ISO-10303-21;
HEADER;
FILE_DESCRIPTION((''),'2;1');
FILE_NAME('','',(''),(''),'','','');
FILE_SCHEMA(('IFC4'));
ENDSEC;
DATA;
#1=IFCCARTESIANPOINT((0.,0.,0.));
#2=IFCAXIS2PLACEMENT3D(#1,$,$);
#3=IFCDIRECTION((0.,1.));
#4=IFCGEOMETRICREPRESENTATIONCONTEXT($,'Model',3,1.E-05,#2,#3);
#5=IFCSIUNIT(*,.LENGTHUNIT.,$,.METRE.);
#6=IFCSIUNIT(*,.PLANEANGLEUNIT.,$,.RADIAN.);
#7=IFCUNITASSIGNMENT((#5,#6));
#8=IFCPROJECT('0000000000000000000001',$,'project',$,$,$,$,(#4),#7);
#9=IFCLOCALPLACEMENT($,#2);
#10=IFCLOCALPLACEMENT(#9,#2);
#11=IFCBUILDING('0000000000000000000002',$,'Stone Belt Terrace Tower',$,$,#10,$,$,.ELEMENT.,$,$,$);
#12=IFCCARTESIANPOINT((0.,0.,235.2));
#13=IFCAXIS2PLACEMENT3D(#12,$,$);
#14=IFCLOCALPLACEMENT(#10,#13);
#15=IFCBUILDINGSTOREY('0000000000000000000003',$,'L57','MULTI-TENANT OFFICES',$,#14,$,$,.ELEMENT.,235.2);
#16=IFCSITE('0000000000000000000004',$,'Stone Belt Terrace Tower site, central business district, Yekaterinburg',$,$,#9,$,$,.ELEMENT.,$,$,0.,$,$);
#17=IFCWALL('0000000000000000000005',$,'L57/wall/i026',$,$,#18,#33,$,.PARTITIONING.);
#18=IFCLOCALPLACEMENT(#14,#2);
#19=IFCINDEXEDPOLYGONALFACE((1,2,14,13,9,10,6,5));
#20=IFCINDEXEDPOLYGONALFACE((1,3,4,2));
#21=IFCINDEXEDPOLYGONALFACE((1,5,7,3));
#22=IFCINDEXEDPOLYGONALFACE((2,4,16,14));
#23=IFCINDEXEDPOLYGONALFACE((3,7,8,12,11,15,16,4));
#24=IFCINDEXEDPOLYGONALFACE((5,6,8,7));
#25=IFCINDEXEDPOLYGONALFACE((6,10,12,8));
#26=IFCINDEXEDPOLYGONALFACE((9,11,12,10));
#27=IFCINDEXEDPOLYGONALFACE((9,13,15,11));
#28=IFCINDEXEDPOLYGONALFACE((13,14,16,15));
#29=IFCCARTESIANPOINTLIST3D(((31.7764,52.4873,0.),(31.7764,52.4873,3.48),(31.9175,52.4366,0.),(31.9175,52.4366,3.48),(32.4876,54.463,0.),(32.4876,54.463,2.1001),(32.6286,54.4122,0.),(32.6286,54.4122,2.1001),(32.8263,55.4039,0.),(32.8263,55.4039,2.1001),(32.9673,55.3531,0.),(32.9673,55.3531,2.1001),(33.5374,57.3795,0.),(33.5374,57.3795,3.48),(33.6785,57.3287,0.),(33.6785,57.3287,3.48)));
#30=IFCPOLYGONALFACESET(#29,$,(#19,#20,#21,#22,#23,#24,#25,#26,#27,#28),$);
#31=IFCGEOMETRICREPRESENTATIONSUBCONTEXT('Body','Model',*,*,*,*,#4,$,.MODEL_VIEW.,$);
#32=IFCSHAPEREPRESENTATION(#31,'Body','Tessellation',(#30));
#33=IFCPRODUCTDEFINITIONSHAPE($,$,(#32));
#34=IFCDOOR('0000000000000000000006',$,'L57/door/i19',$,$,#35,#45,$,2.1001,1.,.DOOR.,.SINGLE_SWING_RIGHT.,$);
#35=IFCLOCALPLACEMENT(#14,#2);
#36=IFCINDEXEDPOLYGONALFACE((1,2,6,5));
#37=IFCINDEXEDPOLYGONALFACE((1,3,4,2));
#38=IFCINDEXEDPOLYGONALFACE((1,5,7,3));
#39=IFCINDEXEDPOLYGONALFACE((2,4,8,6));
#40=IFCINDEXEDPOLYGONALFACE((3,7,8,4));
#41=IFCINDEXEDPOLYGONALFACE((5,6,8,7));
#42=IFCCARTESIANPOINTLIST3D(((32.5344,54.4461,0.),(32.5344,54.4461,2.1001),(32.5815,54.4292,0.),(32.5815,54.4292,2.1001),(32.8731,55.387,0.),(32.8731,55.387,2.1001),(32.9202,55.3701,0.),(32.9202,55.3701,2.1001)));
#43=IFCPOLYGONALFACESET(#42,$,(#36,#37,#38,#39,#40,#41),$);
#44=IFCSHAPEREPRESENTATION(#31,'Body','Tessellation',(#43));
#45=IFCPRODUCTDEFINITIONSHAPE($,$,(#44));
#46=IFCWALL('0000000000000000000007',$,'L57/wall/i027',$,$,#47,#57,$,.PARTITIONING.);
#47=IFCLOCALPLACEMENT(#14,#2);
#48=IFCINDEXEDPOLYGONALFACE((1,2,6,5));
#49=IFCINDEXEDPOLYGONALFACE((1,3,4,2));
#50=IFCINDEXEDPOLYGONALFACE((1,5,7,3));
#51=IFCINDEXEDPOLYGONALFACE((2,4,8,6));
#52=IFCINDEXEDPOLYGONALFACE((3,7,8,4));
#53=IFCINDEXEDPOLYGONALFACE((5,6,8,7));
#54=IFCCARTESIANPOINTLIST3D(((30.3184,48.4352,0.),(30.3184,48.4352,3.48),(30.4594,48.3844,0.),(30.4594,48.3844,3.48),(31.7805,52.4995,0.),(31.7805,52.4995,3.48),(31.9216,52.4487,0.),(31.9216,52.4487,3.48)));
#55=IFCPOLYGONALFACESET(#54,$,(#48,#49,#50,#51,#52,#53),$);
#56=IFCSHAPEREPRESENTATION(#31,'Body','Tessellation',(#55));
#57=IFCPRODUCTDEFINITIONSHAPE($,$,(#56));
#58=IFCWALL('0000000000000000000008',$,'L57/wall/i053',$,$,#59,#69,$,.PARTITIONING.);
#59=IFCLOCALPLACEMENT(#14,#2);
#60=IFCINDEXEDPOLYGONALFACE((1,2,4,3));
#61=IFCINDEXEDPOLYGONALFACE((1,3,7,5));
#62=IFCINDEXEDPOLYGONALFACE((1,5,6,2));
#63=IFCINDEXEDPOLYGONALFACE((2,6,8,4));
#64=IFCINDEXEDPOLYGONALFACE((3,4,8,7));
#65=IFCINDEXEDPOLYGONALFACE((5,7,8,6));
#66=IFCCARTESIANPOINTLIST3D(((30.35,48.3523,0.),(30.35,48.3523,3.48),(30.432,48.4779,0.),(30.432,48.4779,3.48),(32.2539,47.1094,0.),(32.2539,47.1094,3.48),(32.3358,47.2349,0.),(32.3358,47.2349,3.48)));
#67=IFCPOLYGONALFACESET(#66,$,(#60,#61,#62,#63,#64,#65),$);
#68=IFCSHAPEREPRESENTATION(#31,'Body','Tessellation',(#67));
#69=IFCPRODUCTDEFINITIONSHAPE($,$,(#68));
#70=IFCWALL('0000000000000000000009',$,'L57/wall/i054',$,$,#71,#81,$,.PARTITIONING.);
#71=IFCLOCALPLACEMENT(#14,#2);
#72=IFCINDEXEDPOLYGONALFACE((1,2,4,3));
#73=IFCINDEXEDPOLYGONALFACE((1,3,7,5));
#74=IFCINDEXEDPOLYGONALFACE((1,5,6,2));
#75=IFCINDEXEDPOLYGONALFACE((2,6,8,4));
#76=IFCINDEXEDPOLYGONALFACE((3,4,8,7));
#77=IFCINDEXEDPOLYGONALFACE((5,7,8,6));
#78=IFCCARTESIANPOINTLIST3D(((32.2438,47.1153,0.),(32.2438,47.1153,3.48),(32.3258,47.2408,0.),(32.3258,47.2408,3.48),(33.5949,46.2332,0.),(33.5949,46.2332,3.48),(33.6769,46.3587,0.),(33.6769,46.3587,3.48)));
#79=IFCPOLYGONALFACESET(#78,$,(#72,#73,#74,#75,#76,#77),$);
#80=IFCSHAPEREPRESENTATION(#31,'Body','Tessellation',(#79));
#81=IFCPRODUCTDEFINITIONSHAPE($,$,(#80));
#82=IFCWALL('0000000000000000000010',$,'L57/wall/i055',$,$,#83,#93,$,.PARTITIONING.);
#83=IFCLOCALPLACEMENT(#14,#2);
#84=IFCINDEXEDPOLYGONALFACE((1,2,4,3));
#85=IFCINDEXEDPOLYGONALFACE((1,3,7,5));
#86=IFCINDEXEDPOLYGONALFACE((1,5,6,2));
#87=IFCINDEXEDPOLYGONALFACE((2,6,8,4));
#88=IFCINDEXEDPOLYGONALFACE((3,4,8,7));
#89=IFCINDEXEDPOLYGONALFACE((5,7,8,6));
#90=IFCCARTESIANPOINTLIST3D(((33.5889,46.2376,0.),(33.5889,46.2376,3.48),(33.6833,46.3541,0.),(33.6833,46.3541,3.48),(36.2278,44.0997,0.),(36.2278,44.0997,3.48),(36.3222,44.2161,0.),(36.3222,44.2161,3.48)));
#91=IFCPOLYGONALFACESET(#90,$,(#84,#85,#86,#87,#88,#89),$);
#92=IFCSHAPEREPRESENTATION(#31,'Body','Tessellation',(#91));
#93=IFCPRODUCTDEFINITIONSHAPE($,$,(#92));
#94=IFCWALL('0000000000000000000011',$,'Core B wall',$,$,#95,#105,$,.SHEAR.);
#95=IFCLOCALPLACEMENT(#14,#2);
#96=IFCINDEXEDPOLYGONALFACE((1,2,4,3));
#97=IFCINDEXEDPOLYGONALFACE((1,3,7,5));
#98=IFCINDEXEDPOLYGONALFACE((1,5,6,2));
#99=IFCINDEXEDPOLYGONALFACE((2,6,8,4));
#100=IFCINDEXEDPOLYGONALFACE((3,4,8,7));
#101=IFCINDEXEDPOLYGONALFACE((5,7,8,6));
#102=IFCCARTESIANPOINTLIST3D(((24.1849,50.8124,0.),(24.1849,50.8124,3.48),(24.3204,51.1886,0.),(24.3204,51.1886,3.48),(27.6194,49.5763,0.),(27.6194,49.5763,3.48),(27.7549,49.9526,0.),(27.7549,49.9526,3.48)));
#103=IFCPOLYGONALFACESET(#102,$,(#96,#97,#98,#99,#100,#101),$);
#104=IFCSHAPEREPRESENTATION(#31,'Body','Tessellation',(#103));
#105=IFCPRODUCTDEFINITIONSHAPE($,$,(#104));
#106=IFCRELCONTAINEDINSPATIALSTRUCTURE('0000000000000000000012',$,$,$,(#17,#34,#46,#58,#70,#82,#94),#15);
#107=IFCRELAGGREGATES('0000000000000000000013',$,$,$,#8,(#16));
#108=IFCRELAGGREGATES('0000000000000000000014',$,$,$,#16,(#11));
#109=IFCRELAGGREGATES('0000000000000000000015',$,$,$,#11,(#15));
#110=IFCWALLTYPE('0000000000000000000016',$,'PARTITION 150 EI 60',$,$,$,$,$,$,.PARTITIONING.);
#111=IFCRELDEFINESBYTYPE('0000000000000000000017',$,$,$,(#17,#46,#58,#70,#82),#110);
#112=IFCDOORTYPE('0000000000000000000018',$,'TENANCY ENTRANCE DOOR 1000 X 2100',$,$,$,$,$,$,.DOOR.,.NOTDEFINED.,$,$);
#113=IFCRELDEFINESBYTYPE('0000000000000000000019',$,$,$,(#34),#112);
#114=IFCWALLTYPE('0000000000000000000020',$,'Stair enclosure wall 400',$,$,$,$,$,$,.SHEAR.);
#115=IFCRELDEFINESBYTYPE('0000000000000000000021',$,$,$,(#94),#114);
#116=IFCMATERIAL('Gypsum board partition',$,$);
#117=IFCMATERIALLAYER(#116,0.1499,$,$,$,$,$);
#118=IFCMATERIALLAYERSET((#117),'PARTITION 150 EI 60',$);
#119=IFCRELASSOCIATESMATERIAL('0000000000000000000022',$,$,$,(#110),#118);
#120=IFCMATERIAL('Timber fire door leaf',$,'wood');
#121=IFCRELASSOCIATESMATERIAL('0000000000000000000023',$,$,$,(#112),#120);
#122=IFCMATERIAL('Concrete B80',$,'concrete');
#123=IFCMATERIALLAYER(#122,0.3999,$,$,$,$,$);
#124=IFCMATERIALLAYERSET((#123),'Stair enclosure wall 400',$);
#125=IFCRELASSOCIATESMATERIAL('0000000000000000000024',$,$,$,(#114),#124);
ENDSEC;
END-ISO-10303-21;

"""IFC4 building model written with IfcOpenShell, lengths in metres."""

from ifc_helpers import new_model, si_unit, direction, frame, frame_2d, origin, place, context, subcontext, project, spatial, rectangle, extrude, material, layer, layer_set, type_object, element, fill, save


model = new_model("IFC4")

# Units and contexts
model_context = context("Model", 3, precision=1e-05, world=origin(), true_north=direction((0.0, 1.0)))
body_context = subcontext(model_context, "Body", "Model", "MODEL_VIEW")
ifc_project = project(units=[si_unit("LENGTHUNIT", "METRE"), si_unit("PLANEANGLEUNIT", "RADIAN")], contexts=[model_context])

# Site, building, storey
site_placement = place(None, origin())
site = spatial("IfcSite", under=ifc_project, at=site_placement, Name="Stone Belt Terrace Tower site, central business district, Yekaterinburg", CompositionType="ELEMENT", RefElevation=0.0)
building_placement = place(site_placement, origin())
building = spatial("IfcBuilding", under=site, at=building_placement, Name="Stone Belt Terrace Tower", CompositionType="ELEMENT")
storey_placement = place(building_placement, frame((0.0, 0.0, 235.2)))
storey = spatial("IfcBuildingStorey", under=building, at=storey_placement, Name="L57", Description="MULTI-TENANT OFFICES", CompositionType="ELEMENT", Elevation=235.2)

# Shared definitions
ifc_material_1 = material(Name="Concrete B80", Category="concrete")
ifc_material_2 = material(Name="Gypsum board partition")

# Wall, opening, door
ifc_layer_1 = layer(ifc_material_2, 0.1499)
ifc_layer_set_1 = layer_set([ifc_layer_1], Name="PARTITION 150 EI 60")
wall_type_1 = type_object("IfcWallType", Name="PARTITION 150 EI 60", PredefinedType="PARTITIONING", material=ifc_layer_set_1)
ifc_material_3 = material(Name="Timber fire door leaf", Category="wood")
door_type_1 = type_object("IfcDoorType", Name="TENANCY ENTRANCE DOOR 1000 X 2100", OperationType="NOTDEFINED", PredefinedType="DOOR", material=ifc_material_3)
wall_1_placement = place(storey_placement, frame((33.6079, 57.354, 0.0), z_axis=(0.0, 0.0, 1.0), x_axis=(-0.338691, -0.940898, 0.0)))
wall_1 = element("IfcWall", 1, at=wall_1_placement, inside=storey, type_object=wall_type_1, Name="L57/wall/i026", PredefinedType="PARTITIONING", context=body_context, shape_type="SweptSolid", body=[
    extrude(rectangle(XDim=5.1995, YDim=0.1499, at=frame_2d((2.5996, 0.0))), origin(), (0.0, 0.0, 1.0), 3.48),
])
opening_1_placement = place(wall_1_placement, frame((2.0996, 0.0, 0.0)))
opening_1 = element("IfcOpeningElement", 2, at=opening_1_placement, cuts=wall_1, PredefinedType="OPENING", context=body_context, shape_type="SweptSolid", body=[
    extrude(rectangle(XDim=1.0, YDim=2.1001, at=frame_2d((0.5, 1.05))), frame((0.0, 0.085, 0.0), z_axis=(0.0, -1.0, 0.0), x_axis=(1.0, 0.0, 0.0)), (0.0, 0.0, 1.0), 0.1699),
])
door_1_placement = place(opening_1_placement, origin())
door_1 = element("IfcDoor", 3, at=door_1_placement, inside=storey, type_object=door_type_1, Name="L57/door/i19", OperationType="SINGLE_SWING_RIGHT", OverallHeight=2.1001, OverallWidth=1.0, PredefinedType="DOOR", context=body_context, shape_type="SweptSolid", body=[
    extrude(rectangle(XDim=1.0, YDim=2.1001, at=frame_2d((0.5, 1.05))), frame((0.0, 0.0249, 0.0), z_axis=(0.0, -1.0, 0.0), x_axis=(1.0, 0.0, 0.0)), (0.0, 0.0, 1.0), 0.05),
])
fill(opening_1, door_1)

# Walls
wall_2_placement = place(storey_placement, frame((31.8511, 52.4741, 0.0), z_axis=(0.0, 0.0, 1.0), x_axis=(-0.338523, -0.940958, 0.0)))
element("IfcWall", 4, at=wall_2_placement, inside=storey, type_object=wall_type_1, Name="L57/wall/i027", PredefinedType="PARTITIONING", context=body_context, shape_type="SweptSolid", body=[
    extrude(rectangle(XDim=4.3193, YDim=0.1499, at=frame_2d((2.1597, 0.0))), origin(), (0.0, 0.0, 1.0), 3.48),
])
wall_3_placement = place(storey_placement, frame((30.3911, 48.415, 0.0), z_axis=(0.0, 0.0, 1.0), x_axis=(0.837348, -0.546671, 0.0)))
element("IfcWall", 5, at=wall_3_placement, inside=storey, type_object=wall_type_1, Name="L57/wall/i053", PredefinedType="PARTITIONING", context=body_context, shape_type="SweptSolid", body=[
    extrude(rectangle(XDim=2.2737, YDim=0.1499, at=frame_2d((1.1367, 0.0))), origin(), (0.0, 0.0, 1.0), 3.48),
])
wall_4_placement = place(storey_placement, frame((32.2849, 47.178, 0.0), z_axis=(0.0, 0.0, 1.0), x_axis=(0.837343, -0.546678, 0.0)))
element("IfcWall", 6, at=wall_4_placement, inside=storey, type_object=wall_type_1, Name="L57/wall/i054", PredefinedType="PARTITIONING", context=body_context, shape_type="SweptSolid", body=[
    extrude(rectangle(XDim=1.6135, YDim=0.1499, at=frame_2d((0.8066, 0.0))), origin(), (0.0, 0.0, 1.0), 3.48),
])
wall_5_placement = place(storey_placement, frame((33.636, 46.2959, 0.0), z_axis=(0.0, 0.0, 1.0), x_axis=(0.777004, -0.629496, 0.0)))
element("IfcWall", 7, at=wall_5_placement, inside=storey, type_object=wall_type_1, Name="L57/wall/i055", PredefinedType="PARTITIONING", context=body_context, shape_type="SweptSolid", body=[
    extrude(rectangle(XDim=3.3962, YDim=0.1499, at=frame_2d((1.6982, 0.0))), origin(), (0.0, 0.0, 1.0), 3.48),
])
ifc_layer_2 = layer(ifc_material_1, 0.3999)
ifc_layer_set_2 = layer_set([ifc_layer_2], Name="Stair enclosure wall 400")
wall_type_2 = type_object("IfcWallType", Name="Stair enclosure wall 400", PredefinedType="SHEAR", material=ifc_layer_set_2)
wall_6_placement = place(storey_placement, frame((27.6873, 49.7644, 0.0), z_axis=(0.0, 0.0, 1.0), x_axis=(-0.940919, 0.338632, 0.0)))
element("IfcWall", 8, at=wall_6_placement, inside=storey, type_object=wall_type_2, Name="Core B wall", PredefinedType="SHEAR", context=body_context, shape_type="SweptSolid", body=[
    extrude(rectangle(XDim=3.6501, YDim=0.3999, at=frame_2d((1.8252, 0.0))), origin(), (0.0, 0.0, 1.0), 3.48),
])

save(model, "model.ifc")
